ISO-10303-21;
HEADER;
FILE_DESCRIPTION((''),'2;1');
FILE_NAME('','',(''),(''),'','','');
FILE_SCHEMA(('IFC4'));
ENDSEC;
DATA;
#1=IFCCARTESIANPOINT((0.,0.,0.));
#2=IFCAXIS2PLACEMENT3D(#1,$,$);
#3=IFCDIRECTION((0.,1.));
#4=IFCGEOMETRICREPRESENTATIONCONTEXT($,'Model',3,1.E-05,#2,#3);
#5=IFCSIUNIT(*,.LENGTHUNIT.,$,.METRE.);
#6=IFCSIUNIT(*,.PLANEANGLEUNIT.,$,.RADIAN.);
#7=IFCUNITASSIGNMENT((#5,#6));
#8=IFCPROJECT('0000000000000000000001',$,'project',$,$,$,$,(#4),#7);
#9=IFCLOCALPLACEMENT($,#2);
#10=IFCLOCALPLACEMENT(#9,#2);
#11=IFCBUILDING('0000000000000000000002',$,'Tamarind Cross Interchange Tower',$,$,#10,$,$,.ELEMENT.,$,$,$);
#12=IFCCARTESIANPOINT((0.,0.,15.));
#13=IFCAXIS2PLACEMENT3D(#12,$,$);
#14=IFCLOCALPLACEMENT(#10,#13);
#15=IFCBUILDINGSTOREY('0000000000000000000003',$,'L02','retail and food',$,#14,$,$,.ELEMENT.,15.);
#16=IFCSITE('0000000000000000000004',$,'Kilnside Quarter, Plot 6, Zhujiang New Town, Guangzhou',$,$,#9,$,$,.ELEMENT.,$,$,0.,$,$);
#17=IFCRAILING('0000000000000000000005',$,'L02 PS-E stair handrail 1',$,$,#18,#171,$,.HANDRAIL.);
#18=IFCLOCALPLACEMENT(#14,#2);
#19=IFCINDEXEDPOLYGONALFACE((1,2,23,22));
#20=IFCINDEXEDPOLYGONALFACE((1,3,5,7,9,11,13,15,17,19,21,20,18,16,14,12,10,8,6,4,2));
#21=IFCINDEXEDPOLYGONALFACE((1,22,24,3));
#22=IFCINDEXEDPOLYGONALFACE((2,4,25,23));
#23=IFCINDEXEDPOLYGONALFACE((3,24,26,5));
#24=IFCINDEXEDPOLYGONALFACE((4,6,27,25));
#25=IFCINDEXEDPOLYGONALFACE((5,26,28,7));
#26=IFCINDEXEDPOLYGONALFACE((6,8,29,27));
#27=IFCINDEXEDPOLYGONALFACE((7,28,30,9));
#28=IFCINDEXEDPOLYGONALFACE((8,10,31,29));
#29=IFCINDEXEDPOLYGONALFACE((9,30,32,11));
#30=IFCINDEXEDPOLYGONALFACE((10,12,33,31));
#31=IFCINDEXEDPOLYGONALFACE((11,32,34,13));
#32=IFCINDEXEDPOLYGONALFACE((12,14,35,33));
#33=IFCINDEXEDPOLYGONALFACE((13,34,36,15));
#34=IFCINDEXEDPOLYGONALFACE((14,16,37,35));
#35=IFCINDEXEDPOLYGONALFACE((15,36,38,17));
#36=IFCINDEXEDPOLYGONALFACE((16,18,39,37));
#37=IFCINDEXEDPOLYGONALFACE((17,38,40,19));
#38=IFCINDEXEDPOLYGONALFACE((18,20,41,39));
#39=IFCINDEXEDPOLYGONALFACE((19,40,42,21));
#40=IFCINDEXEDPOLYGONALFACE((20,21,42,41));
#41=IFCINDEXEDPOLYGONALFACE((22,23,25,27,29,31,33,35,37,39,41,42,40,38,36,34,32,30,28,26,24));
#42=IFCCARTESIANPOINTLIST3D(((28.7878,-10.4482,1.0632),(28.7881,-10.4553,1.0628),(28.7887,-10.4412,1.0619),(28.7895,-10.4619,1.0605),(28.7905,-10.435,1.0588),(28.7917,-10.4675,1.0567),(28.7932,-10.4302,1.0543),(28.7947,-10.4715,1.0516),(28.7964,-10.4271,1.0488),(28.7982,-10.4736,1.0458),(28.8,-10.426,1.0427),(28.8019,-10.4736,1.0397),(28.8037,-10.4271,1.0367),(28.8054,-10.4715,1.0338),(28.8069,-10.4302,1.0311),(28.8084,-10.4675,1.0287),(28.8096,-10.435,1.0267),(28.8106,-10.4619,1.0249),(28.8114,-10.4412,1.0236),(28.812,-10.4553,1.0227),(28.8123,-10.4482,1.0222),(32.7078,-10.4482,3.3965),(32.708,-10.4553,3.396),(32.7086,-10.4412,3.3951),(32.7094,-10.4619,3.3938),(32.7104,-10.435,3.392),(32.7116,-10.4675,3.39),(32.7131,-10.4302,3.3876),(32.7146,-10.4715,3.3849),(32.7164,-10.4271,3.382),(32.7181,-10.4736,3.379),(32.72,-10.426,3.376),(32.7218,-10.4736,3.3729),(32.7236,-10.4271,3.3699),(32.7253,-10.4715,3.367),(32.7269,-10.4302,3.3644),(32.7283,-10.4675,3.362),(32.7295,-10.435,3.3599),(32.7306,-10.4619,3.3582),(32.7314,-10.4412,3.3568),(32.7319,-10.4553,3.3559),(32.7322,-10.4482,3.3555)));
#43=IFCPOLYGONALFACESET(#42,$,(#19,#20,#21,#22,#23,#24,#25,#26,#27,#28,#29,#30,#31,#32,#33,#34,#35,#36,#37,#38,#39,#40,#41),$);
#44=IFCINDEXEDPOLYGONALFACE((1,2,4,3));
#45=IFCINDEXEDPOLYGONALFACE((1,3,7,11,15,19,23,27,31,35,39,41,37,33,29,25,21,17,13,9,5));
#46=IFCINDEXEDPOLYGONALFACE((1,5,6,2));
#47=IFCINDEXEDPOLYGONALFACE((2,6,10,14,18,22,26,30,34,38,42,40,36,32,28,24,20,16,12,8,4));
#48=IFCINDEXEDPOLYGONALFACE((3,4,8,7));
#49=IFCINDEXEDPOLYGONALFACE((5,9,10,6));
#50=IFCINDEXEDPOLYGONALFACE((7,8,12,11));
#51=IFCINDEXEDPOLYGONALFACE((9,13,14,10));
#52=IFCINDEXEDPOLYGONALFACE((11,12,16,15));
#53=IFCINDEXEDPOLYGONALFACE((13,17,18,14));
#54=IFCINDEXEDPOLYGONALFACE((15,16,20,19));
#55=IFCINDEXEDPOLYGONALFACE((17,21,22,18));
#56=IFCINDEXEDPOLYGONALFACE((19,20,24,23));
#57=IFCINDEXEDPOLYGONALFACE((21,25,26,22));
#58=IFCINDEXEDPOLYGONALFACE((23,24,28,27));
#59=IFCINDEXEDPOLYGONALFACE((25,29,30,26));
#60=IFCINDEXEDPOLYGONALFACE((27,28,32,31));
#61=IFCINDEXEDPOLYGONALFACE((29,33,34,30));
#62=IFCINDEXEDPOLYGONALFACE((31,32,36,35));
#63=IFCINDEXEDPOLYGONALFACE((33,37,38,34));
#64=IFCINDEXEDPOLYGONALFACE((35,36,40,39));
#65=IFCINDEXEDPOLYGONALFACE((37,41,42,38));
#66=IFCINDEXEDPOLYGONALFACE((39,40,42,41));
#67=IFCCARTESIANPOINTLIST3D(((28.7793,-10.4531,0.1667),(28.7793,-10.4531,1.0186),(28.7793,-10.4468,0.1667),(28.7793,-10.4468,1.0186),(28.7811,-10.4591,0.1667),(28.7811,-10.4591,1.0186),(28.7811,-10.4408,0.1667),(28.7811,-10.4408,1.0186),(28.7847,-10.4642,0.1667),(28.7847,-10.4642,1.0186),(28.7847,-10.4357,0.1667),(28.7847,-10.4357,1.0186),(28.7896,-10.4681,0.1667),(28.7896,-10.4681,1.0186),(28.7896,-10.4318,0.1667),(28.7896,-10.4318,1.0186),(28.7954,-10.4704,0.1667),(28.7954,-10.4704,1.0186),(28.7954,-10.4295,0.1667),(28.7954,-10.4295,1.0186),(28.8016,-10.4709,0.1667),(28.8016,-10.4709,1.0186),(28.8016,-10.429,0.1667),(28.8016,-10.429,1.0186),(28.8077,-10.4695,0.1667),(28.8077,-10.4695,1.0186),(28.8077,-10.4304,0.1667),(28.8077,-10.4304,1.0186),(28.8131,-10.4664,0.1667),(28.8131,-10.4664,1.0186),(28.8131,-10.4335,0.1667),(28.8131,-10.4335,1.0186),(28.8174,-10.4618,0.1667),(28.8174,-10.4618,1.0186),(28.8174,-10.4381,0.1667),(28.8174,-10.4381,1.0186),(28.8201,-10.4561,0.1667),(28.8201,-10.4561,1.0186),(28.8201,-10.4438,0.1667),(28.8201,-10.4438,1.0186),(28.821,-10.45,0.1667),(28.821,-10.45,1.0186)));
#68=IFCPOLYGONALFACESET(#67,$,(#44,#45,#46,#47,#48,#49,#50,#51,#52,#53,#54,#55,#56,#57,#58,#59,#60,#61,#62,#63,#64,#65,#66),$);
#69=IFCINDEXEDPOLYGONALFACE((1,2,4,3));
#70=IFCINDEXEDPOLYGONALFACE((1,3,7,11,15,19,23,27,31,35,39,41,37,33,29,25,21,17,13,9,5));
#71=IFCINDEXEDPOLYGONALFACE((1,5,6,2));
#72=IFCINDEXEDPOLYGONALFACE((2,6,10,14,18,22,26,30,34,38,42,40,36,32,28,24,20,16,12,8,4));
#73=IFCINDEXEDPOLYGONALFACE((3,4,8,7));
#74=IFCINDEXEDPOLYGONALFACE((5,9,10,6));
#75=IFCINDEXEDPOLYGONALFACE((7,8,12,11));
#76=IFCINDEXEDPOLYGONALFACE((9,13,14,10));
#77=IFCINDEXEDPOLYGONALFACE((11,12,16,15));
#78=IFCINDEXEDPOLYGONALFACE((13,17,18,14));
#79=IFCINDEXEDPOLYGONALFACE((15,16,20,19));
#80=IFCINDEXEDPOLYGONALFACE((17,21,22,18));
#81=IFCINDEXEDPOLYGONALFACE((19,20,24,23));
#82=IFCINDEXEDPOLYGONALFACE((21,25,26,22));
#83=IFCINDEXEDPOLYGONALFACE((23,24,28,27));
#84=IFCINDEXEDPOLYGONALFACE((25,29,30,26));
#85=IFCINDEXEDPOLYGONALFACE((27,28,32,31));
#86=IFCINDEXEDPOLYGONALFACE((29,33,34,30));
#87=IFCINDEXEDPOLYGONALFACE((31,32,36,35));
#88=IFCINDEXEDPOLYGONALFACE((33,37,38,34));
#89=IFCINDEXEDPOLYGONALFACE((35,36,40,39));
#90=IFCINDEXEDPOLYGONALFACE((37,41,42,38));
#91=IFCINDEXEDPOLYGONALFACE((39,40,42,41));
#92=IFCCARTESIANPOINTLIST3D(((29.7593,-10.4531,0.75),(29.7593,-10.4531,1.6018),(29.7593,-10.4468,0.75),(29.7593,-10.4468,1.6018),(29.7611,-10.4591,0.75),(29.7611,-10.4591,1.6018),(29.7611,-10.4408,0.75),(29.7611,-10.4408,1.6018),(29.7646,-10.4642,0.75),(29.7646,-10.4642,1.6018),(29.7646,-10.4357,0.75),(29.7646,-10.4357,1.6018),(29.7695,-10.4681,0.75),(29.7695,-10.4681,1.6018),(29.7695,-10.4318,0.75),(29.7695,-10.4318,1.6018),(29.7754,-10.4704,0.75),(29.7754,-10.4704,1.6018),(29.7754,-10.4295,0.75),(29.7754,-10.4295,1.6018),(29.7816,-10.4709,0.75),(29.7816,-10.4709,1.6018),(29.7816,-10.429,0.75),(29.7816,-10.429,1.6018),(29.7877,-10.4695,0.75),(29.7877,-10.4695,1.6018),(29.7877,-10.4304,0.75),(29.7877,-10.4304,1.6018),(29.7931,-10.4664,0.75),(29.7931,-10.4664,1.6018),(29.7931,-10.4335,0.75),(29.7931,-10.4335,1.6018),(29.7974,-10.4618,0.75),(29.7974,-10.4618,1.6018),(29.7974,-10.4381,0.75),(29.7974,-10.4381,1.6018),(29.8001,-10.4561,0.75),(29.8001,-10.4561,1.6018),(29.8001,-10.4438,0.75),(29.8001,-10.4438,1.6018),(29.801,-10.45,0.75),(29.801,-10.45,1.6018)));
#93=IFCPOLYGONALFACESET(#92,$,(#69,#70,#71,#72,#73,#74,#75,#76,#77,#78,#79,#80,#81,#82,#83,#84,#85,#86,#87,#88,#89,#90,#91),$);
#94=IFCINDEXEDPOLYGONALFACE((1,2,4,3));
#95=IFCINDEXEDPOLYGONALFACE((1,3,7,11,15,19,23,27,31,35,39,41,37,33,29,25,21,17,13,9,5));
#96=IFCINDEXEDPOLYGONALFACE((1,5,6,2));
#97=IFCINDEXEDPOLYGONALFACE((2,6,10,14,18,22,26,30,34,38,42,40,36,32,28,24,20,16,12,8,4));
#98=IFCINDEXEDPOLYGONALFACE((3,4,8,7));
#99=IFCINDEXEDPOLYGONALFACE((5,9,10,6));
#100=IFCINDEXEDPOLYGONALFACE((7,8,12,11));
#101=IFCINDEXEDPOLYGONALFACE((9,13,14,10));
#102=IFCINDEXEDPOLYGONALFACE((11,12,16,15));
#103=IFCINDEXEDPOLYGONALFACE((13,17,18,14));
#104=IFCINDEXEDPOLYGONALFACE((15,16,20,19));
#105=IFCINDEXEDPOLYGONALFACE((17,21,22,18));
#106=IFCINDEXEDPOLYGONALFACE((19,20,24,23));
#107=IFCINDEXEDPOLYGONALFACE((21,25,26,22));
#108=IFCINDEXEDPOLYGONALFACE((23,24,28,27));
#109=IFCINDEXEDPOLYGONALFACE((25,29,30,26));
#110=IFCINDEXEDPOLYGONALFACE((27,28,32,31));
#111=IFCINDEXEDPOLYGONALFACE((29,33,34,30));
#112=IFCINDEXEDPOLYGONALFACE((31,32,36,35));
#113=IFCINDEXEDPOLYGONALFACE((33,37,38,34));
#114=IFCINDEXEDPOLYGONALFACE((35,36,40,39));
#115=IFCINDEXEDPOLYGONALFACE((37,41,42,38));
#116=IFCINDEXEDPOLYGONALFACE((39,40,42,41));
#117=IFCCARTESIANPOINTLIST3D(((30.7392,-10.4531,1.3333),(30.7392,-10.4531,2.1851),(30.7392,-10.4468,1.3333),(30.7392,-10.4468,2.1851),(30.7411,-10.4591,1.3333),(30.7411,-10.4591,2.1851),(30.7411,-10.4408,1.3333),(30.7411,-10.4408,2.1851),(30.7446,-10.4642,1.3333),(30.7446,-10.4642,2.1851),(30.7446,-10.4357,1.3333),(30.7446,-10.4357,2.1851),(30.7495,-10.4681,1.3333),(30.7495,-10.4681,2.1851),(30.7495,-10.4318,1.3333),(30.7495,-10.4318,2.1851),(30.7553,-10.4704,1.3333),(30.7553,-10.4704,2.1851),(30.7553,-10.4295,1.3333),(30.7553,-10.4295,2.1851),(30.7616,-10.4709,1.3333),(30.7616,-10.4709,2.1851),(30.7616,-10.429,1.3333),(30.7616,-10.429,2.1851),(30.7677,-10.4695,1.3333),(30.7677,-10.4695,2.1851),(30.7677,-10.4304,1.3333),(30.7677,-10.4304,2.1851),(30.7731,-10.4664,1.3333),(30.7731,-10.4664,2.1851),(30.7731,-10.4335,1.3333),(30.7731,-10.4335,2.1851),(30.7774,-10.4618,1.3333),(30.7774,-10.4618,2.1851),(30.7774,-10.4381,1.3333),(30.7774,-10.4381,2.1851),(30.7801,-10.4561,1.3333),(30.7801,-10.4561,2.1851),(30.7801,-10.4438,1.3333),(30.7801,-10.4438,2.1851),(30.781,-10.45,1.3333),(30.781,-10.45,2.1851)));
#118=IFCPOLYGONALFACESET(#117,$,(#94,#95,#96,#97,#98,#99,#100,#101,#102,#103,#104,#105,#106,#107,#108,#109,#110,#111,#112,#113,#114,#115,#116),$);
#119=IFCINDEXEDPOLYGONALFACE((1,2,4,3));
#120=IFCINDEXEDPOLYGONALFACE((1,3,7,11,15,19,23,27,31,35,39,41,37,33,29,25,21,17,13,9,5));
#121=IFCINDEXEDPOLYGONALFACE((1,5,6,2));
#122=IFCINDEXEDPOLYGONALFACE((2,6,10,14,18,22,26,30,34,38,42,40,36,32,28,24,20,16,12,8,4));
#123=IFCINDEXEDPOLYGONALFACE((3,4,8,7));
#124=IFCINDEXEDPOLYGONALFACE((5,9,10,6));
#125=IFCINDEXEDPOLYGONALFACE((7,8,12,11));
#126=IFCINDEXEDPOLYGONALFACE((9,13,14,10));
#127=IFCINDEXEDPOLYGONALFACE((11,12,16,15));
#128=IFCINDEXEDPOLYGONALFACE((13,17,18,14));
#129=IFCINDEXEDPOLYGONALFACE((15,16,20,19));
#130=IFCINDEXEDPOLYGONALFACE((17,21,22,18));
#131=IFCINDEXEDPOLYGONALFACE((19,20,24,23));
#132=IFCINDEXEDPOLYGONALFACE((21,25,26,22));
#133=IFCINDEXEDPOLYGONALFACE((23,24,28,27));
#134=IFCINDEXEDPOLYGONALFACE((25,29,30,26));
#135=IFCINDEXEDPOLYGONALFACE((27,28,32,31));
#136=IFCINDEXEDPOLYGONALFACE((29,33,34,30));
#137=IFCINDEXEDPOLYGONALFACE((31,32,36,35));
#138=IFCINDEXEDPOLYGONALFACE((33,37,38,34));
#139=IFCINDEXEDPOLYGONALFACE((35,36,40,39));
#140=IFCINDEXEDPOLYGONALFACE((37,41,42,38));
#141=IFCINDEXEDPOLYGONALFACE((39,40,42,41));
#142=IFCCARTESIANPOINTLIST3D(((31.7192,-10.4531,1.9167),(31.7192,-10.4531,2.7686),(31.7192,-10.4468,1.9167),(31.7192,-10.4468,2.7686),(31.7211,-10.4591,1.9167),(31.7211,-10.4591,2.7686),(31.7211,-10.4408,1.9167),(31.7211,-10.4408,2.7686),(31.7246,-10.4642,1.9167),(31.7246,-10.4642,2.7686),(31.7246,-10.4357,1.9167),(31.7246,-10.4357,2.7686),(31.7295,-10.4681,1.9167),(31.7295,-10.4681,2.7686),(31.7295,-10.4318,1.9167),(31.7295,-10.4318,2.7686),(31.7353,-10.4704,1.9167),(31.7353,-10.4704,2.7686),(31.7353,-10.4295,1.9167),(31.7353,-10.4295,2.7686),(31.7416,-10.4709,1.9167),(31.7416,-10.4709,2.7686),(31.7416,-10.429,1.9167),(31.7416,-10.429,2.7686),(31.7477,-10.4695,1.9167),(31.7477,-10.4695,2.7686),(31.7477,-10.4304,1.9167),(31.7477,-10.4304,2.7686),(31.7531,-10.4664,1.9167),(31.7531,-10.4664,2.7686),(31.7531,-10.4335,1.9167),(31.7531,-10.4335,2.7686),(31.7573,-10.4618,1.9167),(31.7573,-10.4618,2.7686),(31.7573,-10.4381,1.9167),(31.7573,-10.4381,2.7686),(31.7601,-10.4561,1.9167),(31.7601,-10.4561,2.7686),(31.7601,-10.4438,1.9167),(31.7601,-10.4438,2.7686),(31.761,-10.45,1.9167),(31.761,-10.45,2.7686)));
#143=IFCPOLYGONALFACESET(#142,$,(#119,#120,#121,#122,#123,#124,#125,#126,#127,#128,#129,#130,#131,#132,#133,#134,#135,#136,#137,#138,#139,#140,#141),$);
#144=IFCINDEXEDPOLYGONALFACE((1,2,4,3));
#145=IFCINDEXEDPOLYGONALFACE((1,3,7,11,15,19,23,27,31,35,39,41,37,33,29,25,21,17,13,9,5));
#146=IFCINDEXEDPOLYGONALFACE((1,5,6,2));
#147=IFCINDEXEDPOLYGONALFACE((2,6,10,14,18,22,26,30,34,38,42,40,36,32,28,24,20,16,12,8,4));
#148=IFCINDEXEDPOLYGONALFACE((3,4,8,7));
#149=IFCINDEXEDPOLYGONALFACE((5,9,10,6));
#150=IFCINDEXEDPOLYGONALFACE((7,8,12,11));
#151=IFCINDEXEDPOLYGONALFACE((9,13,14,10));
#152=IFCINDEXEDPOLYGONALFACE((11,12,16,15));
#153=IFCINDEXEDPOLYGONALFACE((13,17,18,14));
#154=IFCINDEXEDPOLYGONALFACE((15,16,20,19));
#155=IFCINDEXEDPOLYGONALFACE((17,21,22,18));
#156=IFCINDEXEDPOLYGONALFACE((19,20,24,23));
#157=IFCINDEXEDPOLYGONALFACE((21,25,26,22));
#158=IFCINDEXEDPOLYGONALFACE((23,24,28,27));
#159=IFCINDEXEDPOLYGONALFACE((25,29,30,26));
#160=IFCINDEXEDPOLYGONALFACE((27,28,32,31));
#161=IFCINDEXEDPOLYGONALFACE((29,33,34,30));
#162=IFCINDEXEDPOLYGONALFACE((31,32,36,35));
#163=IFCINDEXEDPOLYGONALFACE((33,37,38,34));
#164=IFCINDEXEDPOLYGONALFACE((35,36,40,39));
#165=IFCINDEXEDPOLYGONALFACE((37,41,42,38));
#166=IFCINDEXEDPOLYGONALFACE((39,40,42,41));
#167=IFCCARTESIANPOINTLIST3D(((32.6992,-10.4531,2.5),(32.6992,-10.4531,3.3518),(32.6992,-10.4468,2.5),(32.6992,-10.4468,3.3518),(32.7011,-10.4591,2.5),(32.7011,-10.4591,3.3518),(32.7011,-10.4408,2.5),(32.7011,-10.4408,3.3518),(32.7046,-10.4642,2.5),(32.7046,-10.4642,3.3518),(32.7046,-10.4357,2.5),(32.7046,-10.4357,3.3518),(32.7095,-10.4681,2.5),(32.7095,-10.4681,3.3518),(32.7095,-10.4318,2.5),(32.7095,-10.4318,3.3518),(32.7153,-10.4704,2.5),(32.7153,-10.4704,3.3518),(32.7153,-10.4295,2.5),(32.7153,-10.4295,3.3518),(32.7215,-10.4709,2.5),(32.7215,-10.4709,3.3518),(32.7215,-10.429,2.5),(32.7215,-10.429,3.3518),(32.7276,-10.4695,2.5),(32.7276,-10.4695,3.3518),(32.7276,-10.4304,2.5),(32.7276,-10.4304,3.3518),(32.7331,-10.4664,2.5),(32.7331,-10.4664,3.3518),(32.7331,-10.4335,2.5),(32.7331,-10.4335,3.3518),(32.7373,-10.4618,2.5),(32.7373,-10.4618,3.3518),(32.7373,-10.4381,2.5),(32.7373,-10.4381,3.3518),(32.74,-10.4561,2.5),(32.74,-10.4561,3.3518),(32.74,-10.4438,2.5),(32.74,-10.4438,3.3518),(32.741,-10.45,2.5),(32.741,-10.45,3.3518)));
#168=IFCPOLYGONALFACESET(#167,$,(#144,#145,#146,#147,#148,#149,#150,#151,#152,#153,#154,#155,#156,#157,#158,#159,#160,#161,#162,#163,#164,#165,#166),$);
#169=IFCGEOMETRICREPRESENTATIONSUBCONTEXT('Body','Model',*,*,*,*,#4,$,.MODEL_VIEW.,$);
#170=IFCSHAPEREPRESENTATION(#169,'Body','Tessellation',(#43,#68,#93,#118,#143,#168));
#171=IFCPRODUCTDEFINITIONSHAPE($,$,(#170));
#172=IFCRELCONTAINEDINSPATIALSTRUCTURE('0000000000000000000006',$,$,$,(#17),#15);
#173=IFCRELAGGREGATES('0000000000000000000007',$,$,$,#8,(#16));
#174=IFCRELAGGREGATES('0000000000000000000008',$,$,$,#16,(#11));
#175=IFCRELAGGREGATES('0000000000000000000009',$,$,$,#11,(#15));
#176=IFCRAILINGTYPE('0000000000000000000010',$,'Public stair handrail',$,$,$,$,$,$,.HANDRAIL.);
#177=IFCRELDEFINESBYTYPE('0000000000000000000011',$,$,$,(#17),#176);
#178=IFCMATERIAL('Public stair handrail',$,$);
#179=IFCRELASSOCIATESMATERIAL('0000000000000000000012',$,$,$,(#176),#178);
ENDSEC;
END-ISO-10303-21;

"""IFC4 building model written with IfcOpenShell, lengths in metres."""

from ifc_helpers import new_model, si_unit, direction, frame, origin, origin_2d, place, context, subcontext, project, spatial, circle, extrude, material, type_object, element, save


model = new_model("IFC4")

# Units and contexts
model_context = context("Model", 3, precision=1e-05, world=origin(), true_north=direction((0.0, 1.0)))
body_context = subcontext(model_context, "Body", "Model", "MODEL_VIEW")
ifc_project = project(units=[si_unit("LENGTHUNIT", "METRE"), si_unit("PLANEANGLEUNIT", "RADIAN")], contexts=[model_context])

# Site, building, storey
site_placement = place(None, origin())
site = spatial("IfcSite", under=ifc_project, at=site_placement, Name="Kilnside Quarter, Plot 6, Zhujiang New Town, Guangzhou", CompositionType="ELEMENT", RefElevation=0.0)
building_placement = place(site_placement, origin())
building = spatial("IfcBuilding", under=site, at=building_placement, Name="Tamarind Cross Interchange Tower", CompositionType="ELEMENT")
storey_placement = place(building_placement, frame((0.0, 0.0, 15.0)))
storey = spatial("IfcBuildingStorey", under=building, at=storey_placement, Name="L02", Description="retail and food", CompositionType="ELEMENT", Elevation=15.0)

# Railing
ifc_material_1 = material(Name="Public stair handrail")
railing_type_1 = type_object("IfcRailingType", Name="Public stair handrail", PredefinedType="HANDRAIL", material=ifc_material_1)
railing_1_placement = place(storey_placement, frame((28.8, -10.45, 0.1667)))
element("IfcRailing", 1, at=railing_1_placement, inside=storey, type_object=railing_type_1, Name="L02 PS-E stair handrail 1", PredefinedType="HANDRAIL", context=body_context, shape_type="SweptSolid", body=[
    extrude(circle(Radius=0.0239, at=origin_2d()), frame((0.0, 0.0, 0.876), z_axis=(0.859296, 0.0, 0.511478), x_axis=(0.0, 1.0, 0.0)), (0.0, 0.0, 1.0), 4.5618),
    extrude(circle(Radius=0.021, at=origin_2d()), origin(), (0.0, 0.0, 1.0), 0.8518),
    extrude(circle(Radius=0.021, at=origin_2d()), frame((0.98, 0.0, 0.5833)), (0.0, 0.0, 1.0), 0.8518),
    extrude(circle(Radius=0.021, at=origin_2d()), frame((1.96, 0.0, 1.1665)), (0.0, 0.0, 1.0), 0.8518),
    extrude(circle(Radius=0.021, at=origin_2d()), frame((2.9399, 0.0, 1.75)), (0.0, 0.0, 1.0), 0.8518),
    extrude(circle(Radius=0.021, at=origin_2d()), frame((3.9199, 0.0, 2.3333)), (0.0, 0.0, 1.0), 0.8518),
])

save(model, "model.ifc")
